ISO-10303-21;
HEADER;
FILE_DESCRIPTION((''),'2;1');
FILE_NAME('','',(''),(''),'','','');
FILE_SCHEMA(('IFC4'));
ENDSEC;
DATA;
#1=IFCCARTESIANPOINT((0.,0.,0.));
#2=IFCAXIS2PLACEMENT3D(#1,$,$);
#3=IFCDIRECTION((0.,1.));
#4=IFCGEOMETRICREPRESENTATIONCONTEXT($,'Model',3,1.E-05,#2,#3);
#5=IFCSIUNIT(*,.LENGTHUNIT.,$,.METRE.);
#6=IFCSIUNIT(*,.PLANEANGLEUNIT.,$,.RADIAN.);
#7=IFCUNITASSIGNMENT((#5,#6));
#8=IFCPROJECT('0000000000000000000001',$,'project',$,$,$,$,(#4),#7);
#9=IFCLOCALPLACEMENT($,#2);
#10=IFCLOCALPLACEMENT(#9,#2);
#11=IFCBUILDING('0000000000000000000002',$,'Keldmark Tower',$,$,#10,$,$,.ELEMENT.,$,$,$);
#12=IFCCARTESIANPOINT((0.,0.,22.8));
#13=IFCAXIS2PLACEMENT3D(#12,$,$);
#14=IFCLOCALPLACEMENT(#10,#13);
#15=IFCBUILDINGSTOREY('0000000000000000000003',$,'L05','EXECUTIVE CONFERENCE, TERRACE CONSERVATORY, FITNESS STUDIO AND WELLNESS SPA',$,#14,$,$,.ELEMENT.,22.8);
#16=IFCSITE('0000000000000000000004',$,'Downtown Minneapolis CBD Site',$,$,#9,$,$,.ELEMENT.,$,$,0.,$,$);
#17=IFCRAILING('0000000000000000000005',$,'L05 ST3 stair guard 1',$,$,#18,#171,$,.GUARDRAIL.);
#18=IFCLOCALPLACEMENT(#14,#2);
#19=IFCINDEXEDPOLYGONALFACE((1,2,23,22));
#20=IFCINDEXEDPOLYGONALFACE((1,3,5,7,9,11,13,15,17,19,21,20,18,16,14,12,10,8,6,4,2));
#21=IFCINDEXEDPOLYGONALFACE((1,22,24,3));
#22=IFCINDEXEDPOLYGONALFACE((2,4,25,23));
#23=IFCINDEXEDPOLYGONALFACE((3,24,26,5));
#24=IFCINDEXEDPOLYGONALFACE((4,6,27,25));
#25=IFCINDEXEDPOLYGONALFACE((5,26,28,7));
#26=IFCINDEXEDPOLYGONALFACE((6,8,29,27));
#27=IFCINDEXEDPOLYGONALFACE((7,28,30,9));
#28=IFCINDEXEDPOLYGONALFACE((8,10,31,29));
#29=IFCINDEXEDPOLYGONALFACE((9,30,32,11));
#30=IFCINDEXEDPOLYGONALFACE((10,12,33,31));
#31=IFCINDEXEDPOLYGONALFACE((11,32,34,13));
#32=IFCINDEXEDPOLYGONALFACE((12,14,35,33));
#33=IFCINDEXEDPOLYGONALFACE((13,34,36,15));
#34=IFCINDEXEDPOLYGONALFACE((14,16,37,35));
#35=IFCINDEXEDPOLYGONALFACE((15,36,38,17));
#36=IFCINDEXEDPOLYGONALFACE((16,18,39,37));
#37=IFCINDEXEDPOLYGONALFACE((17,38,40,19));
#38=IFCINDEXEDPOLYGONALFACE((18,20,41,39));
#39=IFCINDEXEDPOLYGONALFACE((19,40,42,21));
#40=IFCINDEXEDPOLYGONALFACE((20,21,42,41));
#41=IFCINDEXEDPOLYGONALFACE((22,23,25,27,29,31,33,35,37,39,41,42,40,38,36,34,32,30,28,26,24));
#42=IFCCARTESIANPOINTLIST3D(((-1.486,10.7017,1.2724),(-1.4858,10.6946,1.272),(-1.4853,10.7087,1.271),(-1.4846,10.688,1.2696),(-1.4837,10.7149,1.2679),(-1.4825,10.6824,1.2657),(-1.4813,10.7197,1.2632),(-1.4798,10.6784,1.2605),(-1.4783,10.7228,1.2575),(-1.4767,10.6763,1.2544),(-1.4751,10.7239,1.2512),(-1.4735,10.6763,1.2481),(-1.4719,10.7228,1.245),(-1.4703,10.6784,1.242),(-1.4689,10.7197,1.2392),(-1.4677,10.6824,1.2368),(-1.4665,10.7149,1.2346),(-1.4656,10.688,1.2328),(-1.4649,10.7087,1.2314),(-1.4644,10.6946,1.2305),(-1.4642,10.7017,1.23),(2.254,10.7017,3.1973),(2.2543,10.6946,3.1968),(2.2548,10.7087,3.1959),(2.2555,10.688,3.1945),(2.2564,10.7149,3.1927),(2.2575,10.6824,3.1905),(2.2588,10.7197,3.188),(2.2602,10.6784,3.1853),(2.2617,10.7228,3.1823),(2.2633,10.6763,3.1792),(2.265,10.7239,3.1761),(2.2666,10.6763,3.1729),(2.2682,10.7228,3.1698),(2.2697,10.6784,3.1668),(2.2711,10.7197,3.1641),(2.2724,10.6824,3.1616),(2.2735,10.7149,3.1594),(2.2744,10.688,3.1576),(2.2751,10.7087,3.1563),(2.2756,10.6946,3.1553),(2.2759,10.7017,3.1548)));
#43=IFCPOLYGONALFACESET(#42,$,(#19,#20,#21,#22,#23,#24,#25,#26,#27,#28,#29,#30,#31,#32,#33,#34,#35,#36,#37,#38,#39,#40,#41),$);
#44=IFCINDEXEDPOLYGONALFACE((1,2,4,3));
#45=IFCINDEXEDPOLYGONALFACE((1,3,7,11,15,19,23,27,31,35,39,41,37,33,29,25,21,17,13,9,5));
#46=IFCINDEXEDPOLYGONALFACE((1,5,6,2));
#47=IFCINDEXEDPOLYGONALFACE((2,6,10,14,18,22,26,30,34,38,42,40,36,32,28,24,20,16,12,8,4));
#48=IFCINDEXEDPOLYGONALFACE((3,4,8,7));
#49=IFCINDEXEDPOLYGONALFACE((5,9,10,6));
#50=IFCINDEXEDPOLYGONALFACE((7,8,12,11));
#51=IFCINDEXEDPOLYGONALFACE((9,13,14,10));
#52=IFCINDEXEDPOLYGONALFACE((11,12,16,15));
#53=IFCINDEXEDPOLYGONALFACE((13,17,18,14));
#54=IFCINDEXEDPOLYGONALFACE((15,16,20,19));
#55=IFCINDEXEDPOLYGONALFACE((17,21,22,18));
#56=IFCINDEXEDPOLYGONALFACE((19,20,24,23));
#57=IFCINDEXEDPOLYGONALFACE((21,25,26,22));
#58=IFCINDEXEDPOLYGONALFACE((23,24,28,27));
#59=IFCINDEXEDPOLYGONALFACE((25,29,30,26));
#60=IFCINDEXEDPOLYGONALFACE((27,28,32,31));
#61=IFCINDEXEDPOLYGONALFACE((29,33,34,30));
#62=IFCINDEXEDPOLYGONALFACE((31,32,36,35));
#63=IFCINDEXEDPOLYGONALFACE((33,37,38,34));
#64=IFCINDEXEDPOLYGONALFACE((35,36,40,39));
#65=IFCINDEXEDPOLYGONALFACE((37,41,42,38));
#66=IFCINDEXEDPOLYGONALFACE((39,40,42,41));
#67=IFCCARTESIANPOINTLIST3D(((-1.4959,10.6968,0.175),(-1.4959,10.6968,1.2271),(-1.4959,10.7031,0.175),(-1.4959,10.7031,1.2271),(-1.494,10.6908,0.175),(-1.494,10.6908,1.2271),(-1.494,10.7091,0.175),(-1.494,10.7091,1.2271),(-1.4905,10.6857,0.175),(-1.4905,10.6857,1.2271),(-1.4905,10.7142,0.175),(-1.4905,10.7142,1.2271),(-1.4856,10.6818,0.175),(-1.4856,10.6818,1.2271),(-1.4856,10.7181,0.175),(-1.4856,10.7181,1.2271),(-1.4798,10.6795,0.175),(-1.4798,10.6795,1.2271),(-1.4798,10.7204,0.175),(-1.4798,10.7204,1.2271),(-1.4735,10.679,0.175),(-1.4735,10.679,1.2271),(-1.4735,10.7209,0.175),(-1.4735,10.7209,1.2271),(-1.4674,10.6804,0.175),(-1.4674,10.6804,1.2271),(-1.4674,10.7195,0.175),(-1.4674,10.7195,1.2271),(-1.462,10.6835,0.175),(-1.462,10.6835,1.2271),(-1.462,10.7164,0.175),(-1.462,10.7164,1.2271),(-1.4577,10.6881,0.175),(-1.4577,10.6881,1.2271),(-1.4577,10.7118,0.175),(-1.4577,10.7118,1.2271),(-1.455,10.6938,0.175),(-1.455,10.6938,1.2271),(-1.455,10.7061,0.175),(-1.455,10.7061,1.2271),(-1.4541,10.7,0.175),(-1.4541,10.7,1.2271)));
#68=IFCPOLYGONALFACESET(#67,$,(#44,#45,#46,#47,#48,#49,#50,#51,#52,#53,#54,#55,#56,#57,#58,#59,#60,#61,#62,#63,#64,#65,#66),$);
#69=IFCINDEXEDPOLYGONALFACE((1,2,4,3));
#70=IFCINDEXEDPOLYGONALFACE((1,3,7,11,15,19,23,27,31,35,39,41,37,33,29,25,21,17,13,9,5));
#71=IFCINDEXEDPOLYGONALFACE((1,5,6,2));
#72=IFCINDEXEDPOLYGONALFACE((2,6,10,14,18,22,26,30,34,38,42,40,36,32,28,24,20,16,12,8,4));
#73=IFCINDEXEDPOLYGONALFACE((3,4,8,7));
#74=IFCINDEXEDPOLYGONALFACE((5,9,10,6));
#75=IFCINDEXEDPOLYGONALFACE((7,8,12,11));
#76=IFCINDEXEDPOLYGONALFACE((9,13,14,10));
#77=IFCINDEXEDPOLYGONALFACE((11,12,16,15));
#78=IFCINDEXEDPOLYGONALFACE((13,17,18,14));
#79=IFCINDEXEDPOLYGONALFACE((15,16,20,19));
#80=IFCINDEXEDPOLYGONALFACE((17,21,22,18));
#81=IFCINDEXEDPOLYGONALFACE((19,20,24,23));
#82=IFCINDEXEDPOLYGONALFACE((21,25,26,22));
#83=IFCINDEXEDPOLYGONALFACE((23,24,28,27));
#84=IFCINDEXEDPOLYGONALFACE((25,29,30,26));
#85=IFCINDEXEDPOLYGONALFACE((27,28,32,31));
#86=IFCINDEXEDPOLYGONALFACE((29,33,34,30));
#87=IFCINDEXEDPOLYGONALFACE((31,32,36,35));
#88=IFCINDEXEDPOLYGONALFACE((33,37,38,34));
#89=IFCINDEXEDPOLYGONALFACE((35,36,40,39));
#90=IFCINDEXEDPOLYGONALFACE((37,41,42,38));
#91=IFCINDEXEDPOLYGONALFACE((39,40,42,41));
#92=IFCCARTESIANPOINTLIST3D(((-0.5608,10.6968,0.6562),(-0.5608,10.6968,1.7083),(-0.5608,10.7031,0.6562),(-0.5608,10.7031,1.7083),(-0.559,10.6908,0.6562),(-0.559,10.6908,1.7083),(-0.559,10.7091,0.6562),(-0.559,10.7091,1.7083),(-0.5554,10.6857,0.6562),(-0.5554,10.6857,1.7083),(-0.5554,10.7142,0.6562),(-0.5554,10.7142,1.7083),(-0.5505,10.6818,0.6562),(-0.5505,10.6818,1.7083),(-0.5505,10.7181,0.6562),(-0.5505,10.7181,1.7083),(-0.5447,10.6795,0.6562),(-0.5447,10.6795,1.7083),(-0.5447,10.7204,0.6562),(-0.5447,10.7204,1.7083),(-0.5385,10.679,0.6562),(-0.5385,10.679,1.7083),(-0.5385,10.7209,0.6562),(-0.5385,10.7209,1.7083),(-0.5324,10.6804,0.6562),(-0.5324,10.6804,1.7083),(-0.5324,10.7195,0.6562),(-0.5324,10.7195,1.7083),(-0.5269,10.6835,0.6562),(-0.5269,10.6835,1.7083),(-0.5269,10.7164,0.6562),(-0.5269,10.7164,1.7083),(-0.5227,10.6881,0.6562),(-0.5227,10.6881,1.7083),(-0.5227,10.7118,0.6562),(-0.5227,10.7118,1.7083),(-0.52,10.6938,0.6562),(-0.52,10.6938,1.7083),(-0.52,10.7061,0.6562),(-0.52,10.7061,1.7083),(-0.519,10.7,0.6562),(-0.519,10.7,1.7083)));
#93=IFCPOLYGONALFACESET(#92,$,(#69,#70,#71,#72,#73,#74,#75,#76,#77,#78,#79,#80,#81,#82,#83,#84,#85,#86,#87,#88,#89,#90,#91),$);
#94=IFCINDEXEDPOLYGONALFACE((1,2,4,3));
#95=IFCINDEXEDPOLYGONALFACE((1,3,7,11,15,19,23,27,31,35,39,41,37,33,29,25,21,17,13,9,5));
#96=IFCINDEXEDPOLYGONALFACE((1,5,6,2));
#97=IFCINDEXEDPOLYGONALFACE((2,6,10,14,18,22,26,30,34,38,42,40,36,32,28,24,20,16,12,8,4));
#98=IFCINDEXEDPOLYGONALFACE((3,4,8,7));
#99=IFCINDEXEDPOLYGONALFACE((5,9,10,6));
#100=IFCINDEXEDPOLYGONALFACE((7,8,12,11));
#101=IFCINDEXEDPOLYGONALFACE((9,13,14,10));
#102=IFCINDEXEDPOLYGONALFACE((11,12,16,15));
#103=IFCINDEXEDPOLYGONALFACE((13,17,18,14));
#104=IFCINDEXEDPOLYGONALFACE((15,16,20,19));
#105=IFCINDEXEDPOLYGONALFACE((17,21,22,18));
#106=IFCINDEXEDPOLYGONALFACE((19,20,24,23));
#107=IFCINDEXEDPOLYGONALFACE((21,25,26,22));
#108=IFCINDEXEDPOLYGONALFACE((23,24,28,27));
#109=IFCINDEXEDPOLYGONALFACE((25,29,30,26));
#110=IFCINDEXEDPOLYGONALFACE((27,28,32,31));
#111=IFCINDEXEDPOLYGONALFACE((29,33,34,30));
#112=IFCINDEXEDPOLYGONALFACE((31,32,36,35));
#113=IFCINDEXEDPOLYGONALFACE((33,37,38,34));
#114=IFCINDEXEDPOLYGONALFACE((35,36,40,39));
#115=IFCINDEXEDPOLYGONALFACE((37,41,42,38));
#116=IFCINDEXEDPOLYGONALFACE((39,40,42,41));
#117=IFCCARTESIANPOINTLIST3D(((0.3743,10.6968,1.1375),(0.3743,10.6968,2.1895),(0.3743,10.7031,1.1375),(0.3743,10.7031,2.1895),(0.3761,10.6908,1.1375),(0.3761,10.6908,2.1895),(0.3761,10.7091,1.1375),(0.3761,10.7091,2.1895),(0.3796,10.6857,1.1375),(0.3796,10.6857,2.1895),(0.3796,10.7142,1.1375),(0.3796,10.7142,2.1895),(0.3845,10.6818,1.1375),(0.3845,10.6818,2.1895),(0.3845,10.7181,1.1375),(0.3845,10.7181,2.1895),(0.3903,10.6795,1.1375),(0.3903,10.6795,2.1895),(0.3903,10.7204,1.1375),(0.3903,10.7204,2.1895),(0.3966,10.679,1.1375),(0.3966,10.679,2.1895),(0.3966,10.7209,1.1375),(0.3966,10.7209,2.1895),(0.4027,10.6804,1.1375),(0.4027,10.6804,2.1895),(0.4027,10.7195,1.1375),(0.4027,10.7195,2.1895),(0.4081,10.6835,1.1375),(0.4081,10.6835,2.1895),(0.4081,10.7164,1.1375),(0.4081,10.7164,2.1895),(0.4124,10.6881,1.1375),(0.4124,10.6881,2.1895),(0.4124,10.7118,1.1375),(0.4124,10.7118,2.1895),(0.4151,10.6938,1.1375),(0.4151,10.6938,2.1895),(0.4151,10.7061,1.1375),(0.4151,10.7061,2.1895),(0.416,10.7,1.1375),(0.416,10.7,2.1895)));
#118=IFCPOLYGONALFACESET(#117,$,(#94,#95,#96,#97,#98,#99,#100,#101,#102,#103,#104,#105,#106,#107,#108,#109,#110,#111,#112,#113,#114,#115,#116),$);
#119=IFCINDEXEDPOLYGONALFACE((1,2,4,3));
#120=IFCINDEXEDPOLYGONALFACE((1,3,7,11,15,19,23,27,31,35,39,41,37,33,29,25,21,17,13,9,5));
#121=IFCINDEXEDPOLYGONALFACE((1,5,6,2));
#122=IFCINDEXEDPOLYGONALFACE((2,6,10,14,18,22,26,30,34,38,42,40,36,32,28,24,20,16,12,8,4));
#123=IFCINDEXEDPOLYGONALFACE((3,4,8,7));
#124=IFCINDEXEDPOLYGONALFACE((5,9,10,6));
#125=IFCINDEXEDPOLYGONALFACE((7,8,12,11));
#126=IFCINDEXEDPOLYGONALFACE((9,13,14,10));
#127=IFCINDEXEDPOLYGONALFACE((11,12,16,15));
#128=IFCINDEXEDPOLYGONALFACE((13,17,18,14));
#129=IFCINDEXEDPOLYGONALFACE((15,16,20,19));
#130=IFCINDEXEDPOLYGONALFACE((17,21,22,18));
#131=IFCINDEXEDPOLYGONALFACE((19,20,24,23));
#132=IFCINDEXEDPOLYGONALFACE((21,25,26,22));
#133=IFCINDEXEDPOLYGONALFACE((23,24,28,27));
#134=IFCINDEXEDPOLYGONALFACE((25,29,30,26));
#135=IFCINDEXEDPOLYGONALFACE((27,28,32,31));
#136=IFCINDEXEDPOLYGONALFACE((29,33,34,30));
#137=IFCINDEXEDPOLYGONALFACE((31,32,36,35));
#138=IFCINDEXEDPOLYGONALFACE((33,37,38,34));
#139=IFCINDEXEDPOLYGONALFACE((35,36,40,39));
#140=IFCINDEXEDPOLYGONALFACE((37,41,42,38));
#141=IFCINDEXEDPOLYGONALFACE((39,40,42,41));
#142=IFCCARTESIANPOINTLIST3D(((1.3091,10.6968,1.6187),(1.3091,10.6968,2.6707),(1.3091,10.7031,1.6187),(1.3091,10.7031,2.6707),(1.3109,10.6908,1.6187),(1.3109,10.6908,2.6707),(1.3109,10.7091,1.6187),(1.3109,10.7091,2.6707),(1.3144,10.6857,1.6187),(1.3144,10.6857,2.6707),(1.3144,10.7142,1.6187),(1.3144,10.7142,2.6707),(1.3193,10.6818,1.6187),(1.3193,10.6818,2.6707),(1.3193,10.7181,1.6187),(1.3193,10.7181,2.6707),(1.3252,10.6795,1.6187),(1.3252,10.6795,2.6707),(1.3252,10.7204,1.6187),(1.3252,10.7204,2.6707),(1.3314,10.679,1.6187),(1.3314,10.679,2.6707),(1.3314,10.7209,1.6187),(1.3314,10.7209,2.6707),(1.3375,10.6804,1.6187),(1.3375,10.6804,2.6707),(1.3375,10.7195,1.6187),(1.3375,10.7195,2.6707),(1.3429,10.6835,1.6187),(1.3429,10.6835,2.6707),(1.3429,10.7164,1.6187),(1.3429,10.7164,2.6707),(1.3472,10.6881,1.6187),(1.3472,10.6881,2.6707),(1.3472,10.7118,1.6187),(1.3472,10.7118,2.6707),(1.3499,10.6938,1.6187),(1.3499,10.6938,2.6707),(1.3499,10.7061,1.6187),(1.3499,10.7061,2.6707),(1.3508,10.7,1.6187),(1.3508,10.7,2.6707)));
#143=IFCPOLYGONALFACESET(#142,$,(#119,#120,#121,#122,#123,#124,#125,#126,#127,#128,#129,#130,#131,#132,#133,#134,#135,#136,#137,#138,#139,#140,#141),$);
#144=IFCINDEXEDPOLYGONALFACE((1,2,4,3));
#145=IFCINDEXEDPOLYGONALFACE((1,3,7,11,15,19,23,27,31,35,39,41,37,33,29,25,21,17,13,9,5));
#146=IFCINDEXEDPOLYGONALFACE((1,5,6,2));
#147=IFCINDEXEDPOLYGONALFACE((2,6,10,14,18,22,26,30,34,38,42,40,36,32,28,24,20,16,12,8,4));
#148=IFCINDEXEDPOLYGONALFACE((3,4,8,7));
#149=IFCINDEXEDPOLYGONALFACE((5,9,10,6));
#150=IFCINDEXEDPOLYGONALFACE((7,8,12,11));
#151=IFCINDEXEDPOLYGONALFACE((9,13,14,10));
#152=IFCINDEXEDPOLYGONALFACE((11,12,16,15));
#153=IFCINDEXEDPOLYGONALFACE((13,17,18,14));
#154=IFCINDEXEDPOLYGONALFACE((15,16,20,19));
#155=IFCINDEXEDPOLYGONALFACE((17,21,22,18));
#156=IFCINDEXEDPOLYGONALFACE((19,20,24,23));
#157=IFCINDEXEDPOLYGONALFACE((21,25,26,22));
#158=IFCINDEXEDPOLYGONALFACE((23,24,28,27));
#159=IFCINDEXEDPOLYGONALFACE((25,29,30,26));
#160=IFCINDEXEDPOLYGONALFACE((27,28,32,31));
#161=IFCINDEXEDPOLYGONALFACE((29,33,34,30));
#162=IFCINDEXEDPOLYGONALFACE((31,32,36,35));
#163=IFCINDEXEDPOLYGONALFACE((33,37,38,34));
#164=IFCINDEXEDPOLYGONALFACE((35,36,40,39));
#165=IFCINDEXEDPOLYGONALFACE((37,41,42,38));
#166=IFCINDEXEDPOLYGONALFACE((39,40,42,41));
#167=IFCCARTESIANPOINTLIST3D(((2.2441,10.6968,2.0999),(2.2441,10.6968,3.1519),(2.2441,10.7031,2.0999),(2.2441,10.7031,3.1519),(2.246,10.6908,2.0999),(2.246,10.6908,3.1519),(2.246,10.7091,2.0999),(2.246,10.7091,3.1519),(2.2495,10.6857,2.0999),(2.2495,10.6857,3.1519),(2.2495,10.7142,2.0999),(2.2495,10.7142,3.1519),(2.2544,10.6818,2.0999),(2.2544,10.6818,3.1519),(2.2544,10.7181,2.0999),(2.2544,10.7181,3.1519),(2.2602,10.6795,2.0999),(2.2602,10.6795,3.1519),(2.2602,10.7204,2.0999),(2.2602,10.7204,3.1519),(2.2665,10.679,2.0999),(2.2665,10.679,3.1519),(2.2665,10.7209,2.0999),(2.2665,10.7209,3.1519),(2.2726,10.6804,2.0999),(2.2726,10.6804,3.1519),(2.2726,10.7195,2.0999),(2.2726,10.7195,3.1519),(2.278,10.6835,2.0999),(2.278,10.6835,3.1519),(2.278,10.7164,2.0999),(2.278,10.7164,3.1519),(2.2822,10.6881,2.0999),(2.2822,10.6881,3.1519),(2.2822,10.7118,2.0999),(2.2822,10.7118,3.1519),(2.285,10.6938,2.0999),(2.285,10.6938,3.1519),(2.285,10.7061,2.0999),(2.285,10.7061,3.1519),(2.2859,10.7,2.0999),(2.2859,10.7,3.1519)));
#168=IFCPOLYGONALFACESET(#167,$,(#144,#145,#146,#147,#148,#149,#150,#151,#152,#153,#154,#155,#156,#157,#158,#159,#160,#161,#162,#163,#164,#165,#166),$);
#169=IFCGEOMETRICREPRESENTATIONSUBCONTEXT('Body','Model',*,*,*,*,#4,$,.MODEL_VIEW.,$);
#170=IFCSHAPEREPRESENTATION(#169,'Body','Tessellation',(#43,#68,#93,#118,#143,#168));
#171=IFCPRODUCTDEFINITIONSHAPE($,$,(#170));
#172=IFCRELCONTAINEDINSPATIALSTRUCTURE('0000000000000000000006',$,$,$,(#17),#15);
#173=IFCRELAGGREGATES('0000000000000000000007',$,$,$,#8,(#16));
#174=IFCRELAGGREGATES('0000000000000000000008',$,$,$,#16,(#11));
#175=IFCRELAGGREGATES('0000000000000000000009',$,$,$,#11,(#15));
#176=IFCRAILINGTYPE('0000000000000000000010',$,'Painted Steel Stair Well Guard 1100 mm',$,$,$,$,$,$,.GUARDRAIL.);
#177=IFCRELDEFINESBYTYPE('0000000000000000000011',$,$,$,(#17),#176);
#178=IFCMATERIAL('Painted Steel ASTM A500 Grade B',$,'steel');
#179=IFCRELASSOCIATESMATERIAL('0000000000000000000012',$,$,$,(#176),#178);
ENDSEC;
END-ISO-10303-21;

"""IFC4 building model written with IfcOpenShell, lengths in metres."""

from ifc_helpers import new_model, si_unit, direction, frame, origin, origin_2d, place, context, subcontext, project, spatial, circle, extrude, material, type_object, element, save


model = new_model("IFC4")

# Units and contexts
model_context = context("Model", 3, precision=1e-05, world=origin(), true_north=direction((0.0, 1.0)))
body_context = subcontext(model_context, "Body", "Model", "MODEL_VIEW")
ifc_project = project(units=[si_unit("LENGTHUNIT", "METRE"), si_unit("PLANEANGLEUNIT", "RADIAN")], contexts=[model_context])

# Site, building, storey
site_placement = place(None, origin())
site = spatial("IfcSite", under=ifc_project, at=site_placement, Name="Downtown Minneapolis CBD Site", CompositionType="ELEMENT", RefElevation=0.0)
building_placement = place(site_placement, origin())
building = spatial("IfcBuilding", under=site, at=building_placement, Name="Keldmark Tower", CompositionType="ELEMENT")
storey_placement = place(building_placement, frame((0.0, 0.0, 22.8)))
storey = spatial("IfcBuildingStorey", under=building, at=storey_placement, Name="L05", Description="EXECUTIVE CONFERENCE, TERRACE CONSERVATORY, FITNESS STUDIO AND WELLNESS SPA", CompositionType="ELEMENT", Elevation=22.8)

# Railing
ifc_material_1 = material(Name="Painted Steel ASTM A500 Grade B", Category="steel")
railing_type_1 = type_object("IfcRailingType", Name="Painted Steel Stair Well Guard 1100 mm", PredefinedType="GUARDRAIL", material=ifc_material_1)
railing_1_placement = place(storey_placement, frame((-1.4751, 10.7, 0.175)))
element("IfcRailing", 1, at=railing_1_placement, inside=storey, type_object=railing_type_1, Name="L05 ST3 stair guard 1", PredefinedType="GUARDRAIL", context=body_context, shape_type="SweptSolid", body=[
    extrude(circle(Radius=0.0239, at=origin_2d()), frame((0.0, 0.0, 1.0762), z_axis=(0.889154, 0.0, 0.457608), x_axis=(0.0, 1.0, 0.0)), (0.0, 0.0, 1.0), 4.2063),
    extrude(circle(Radius=0.021, at=origin_2d()), origin(), (0.0, 0.0, 1.0), 1.052),
    extrude(circle(Radius=0.021, at=origin_2d()), frame((0.9351, 0.0, 0.4812)), (0.0, 0.0, 1.0), 1.052),
    extrude(circle(Radius=0.021, at=origin_2d()), frame((1.8701, 0.0, 0.9624)), (0.0, 0.0, 1.0), 1.052),
    extrude(circle(Radius=0.021, at=origin_2d()), frame((2.8049, 0.0, 1.4436)), (0.0, 0.0, 1.0), 1.052),
    extrude(circle(Radius=0.021, at=origin_2d()), frame((3.74, 0.0, 1.9248)), (0.0, 0.0, 1.0), 1.052),
])

save(model, "model.ifc")
